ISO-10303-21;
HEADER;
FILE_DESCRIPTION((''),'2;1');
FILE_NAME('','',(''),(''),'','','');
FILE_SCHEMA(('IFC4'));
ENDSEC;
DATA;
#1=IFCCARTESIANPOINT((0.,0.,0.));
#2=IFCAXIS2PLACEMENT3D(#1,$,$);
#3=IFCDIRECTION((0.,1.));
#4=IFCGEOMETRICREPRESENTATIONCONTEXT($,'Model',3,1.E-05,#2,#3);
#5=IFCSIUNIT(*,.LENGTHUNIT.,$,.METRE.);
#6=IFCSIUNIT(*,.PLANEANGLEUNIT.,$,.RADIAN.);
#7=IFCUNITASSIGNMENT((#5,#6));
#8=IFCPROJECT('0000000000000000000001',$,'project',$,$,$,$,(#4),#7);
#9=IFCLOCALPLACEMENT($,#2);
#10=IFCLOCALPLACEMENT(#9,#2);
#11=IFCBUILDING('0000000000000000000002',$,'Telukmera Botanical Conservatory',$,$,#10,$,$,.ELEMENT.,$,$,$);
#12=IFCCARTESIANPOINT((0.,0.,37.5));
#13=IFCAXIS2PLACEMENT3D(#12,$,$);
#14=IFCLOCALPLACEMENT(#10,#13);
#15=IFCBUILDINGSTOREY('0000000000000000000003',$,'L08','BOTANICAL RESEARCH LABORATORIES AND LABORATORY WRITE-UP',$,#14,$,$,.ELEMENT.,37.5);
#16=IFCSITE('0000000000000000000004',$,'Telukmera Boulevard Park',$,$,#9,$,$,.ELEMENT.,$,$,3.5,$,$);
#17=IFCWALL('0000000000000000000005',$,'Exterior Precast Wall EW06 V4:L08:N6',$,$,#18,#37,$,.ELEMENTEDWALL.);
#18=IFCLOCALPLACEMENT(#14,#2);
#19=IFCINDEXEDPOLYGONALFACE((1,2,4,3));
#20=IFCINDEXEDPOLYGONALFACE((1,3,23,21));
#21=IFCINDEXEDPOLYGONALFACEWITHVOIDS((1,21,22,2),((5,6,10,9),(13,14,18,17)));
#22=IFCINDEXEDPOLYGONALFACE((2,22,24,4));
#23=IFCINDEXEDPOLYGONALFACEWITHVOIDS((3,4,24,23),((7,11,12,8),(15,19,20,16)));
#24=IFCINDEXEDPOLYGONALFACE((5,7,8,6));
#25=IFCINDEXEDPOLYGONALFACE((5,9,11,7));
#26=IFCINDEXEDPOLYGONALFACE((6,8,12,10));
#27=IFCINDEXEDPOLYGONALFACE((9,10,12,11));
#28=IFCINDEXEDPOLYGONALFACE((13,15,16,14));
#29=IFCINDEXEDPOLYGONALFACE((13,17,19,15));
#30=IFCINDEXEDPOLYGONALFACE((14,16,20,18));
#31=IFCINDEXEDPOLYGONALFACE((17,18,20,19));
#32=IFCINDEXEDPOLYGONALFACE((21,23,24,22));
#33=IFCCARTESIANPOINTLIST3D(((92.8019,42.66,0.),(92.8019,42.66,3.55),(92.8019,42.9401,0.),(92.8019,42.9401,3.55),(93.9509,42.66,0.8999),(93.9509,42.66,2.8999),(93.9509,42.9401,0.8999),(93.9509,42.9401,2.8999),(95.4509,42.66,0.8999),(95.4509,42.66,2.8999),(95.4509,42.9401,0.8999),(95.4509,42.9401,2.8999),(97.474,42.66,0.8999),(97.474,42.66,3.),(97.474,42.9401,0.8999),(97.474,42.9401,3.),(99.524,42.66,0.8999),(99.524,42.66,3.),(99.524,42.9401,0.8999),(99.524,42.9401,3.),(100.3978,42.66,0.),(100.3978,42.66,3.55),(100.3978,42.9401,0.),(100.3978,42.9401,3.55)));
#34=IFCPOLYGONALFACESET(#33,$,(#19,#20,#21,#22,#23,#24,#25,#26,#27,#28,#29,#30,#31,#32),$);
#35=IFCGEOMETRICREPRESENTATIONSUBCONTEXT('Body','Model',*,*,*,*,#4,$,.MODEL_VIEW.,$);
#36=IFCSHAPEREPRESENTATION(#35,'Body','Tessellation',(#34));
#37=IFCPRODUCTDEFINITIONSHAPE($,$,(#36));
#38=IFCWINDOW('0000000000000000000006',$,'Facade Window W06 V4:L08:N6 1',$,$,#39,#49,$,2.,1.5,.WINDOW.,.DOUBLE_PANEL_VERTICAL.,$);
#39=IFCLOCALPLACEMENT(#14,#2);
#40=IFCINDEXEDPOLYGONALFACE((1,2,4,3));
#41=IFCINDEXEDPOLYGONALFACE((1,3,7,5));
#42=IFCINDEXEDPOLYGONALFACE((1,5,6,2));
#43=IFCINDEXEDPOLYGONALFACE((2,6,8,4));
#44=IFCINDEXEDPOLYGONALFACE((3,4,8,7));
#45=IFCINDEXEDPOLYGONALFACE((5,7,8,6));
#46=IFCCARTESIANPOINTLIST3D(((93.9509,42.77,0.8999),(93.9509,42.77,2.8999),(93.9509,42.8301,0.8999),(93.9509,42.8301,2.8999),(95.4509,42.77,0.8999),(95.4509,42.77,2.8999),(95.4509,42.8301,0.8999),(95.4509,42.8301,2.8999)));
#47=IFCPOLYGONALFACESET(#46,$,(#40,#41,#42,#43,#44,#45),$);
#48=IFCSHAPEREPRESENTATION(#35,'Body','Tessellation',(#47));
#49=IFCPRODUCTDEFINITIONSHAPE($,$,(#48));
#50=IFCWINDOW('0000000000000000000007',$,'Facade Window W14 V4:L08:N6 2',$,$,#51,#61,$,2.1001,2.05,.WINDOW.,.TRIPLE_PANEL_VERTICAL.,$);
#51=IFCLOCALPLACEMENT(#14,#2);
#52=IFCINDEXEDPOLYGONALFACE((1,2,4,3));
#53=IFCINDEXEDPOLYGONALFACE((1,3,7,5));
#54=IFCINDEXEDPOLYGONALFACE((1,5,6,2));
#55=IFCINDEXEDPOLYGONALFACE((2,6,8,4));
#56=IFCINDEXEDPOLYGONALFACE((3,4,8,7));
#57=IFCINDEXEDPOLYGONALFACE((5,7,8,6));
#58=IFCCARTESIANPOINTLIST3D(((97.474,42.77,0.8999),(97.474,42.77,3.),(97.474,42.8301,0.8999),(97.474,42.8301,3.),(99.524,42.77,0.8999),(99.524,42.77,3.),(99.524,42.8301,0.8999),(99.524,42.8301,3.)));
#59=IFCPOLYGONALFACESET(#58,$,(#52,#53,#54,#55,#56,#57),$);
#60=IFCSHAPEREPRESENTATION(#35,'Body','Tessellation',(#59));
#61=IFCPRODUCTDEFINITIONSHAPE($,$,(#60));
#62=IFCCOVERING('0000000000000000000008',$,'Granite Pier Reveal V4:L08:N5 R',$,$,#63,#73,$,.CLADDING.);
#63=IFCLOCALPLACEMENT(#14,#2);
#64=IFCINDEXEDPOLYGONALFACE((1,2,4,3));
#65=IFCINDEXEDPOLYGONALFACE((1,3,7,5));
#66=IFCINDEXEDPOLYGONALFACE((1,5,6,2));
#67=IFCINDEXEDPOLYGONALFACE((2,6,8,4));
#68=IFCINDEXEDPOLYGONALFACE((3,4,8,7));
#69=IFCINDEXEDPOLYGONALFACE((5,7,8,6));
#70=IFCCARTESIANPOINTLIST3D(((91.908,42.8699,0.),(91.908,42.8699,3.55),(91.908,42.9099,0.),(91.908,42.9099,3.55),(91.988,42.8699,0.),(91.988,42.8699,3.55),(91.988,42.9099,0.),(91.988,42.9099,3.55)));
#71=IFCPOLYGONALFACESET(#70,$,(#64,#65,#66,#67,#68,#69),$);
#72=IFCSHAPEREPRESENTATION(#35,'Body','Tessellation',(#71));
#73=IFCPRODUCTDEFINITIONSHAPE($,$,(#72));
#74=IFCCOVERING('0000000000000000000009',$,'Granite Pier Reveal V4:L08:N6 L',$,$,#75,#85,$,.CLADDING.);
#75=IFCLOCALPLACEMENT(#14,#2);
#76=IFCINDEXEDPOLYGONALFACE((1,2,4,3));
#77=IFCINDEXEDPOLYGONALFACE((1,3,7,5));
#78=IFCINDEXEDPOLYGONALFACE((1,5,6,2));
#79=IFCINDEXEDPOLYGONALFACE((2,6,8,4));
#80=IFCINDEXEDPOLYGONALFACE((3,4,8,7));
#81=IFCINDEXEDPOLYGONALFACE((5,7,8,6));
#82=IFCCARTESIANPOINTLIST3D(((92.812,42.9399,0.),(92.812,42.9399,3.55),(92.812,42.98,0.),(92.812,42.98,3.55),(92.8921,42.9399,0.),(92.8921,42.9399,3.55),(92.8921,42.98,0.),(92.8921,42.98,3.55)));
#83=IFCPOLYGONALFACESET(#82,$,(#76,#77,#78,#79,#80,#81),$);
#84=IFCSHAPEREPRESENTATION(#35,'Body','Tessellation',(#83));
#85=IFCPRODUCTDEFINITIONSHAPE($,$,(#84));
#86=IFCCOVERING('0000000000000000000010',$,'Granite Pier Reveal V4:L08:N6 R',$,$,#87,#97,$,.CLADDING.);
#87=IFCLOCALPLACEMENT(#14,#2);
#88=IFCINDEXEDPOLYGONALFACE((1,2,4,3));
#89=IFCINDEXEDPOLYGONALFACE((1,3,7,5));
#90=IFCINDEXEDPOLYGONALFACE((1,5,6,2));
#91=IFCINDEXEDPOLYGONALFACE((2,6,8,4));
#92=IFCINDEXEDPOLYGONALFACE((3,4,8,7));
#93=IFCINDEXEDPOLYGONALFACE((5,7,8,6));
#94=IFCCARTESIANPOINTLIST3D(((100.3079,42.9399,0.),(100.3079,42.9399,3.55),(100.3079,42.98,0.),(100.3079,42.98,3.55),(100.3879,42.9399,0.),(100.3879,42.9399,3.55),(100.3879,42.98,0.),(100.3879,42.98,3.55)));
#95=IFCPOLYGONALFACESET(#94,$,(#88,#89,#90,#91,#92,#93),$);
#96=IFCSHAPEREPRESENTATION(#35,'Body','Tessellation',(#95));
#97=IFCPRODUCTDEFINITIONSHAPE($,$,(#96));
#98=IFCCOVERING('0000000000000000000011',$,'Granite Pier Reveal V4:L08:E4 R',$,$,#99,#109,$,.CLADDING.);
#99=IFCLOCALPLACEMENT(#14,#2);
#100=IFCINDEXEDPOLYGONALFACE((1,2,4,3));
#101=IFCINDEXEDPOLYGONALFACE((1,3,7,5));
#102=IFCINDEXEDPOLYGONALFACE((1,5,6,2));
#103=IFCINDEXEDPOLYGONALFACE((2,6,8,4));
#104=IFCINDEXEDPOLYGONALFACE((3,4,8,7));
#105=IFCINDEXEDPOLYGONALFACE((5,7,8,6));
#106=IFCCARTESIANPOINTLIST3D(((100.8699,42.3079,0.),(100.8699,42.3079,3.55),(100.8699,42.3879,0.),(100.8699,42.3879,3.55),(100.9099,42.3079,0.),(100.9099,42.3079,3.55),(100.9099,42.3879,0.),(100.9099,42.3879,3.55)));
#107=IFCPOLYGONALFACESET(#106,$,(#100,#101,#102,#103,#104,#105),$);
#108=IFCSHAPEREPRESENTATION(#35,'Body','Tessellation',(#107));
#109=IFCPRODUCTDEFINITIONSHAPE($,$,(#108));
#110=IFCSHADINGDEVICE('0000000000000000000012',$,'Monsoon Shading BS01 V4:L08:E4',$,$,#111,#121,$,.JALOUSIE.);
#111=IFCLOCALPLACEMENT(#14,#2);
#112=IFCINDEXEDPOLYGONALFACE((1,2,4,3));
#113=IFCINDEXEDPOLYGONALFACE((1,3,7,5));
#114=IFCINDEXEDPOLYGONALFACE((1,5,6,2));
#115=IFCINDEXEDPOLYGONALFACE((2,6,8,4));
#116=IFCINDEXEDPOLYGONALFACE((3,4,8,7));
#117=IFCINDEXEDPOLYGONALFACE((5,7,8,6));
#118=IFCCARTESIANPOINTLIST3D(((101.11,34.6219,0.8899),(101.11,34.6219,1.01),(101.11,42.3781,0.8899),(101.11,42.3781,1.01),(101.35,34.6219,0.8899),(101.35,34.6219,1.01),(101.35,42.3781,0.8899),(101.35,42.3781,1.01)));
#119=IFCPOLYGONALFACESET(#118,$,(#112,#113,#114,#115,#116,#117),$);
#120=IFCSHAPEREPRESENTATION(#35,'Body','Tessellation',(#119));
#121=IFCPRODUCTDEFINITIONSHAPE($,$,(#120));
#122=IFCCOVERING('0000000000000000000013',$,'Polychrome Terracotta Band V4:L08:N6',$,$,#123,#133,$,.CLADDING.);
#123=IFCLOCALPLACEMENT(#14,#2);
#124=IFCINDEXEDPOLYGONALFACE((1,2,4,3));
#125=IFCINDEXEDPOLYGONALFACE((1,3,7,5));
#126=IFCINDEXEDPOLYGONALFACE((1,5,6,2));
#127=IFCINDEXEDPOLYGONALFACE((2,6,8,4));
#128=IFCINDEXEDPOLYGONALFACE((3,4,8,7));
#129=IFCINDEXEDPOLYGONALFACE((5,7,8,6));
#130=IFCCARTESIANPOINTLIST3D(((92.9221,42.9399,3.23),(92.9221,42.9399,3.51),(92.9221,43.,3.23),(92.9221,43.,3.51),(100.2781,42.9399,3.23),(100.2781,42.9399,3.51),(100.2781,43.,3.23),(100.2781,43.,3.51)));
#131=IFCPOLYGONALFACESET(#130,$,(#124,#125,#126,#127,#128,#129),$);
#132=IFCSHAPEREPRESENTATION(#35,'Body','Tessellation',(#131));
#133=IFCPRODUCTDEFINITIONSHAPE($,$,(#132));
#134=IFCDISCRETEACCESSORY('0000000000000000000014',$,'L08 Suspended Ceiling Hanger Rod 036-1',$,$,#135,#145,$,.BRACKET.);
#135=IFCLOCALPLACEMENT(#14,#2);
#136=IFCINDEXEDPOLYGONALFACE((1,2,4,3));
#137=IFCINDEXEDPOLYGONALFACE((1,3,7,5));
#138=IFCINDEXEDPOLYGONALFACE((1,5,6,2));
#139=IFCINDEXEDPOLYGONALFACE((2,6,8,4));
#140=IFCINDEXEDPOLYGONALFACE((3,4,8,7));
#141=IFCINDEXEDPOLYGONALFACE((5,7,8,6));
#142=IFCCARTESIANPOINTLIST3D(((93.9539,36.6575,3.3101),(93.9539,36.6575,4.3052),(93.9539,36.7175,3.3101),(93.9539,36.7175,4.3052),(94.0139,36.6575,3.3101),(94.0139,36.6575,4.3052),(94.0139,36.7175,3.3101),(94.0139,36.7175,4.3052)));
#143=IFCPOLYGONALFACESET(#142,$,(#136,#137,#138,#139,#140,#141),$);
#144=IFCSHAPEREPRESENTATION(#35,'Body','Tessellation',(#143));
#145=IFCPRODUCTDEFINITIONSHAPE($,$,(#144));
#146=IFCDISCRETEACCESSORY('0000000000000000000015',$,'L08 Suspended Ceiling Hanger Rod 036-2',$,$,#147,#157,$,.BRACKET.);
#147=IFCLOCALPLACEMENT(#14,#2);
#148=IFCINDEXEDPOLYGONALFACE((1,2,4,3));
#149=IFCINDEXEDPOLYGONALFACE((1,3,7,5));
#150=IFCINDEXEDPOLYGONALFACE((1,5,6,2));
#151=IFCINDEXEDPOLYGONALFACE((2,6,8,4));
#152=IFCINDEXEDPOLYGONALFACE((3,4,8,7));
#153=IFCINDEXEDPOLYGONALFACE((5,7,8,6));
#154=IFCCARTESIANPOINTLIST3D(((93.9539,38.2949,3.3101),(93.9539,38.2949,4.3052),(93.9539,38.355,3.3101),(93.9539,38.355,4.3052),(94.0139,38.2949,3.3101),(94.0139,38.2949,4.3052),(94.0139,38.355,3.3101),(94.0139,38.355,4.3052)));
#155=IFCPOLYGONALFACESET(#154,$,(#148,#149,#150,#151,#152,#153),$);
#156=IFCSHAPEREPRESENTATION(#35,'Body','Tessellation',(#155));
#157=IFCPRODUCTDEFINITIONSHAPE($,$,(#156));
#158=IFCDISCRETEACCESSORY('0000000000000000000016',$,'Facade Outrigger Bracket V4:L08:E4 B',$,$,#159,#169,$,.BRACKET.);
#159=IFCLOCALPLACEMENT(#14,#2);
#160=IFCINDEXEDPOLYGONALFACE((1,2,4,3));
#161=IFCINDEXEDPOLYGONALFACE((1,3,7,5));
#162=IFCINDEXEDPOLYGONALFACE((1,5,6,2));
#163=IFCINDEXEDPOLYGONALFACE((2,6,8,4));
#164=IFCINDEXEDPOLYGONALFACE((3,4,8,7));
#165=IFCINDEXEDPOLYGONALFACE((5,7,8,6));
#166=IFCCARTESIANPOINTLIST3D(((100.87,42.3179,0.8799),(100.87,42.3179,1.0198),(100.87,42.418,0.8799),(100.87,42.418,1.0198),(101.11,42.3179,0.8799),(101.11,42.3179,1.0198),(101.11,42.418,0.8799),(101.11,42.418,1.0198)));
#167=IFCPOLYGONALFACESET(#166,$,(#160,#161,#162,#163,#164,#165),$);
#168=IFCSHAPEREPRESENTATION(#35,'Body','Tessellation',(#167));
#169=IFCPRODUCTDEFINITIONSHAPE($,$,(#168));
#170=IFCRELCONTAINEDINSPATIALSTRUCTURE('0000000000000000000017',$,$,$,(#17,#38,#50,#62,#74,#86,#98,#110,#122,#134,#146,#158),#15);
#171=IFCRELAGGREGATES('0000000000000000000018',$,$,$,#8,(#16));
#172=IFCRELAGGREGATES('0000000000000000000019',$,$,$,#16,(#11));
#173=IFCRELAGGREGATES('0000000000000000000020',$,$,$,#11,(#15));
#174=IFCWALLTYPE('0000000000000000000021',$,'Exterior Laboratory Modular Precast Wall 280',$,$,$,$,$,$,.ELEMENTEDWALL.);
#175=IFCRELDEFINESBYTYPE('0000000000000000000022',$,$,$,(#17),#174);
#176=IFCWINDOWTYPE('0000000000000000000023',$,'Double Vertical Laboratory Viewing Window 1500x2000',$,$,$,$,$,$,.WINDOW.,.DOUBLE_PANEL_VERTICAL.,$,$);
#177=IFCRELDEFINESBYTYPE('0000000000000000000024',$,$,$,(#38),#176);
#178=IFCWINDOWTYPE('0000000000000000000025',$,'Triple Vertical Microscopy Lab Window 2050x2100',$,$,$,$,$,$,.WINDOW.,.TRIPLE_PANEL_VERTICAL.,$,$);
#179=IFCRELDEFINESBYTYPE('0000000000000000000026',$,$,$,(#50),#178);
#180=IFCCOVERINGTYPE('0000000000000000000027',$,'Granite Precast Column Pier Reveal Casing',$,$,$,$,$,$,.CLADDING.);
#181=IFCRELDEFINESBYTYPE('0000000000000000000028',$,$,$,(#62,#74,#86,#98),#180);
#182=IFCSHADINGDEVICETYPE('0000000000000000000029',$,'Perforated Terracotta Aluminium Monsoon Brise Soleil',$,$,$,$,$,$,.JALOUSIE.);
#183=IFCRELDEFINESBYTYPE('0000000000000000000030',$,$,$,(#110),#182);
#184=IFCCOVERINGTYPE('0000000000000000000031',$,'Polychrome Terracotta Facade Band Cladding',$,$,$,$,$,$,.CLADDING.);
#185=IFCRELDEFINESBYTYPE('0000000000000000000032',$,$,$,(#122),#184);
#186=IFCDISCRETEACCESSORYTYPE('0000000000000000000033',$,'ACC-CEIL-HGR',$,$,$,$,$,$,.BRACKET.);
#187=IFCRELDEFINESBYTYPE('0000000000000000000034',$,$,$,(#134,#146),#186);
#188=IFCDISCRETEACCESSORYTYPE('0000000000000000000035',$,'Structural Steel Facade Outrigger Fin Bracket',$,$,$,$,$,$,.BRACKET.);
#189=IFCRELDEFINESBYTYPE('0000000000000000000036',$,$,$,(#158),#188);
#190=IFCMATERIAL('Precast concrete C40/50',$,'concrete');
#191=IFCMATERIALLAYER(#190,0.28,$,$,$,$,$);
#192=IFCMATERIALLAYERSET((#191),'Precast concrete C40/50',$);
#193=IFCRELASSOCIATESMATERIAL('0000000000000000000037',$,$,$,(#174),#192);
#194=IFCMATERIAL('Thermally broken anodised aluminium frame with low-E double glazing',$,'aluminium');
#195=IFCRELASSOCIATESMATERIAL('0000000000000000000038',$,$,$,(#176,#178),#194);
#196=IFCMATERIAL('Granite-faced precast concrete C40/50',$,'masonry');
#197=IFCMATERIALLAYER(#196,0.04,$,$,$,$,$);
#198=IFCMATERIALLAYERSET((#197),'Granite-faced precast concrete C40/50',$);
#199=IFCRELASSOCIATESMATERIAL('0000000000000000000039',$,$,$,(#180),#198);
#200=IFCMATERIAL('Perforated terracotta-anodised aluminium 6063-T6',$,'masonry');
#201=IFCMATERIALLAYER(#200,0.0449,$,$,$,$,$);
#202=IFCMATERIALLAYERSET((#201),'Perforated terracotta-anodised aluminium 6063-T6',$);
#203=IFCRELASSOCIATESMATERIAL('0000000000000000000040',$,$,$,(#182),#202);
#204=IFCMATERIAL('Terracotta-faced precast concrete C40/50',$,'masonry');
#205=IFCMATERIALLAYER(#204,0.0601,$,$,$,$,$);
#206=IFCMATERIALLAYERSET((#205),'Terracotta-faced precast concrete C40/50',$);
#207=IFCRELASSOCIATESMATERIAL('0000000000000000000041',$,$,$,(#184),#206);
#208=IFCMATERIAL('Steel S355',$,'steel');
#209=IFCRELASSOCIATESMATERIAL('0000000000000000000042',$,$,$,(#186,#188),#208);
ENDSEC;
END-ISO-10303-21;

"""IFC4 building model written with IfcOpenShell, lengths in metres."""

from ifc_helpers import new_model, si_unit, direction, frame, frame_2d, origin, origin_2d, place, context, subcontext, project, spatial, rectangle, extrude, material, layer, layer_set, type_object, element, fill, save


model = new_model("IFC4")

# Units and contexts
model_context = context("Model", 3, precision=1e-05, world=origin(), true_north=direction((0.0, 1.0)))
body_context = subcontext(model_context, "Body", "Model", "MODEL_VIEW")
ifc_project = project(units=[si_unit("LENGTHUNIT", "METRE"), si_unit("PLANEANGLEUNIT", "RADIAN")], contexts=[model_context])

# Site, building, storey
site_placement = place(None, origin())
site = spatial("IfcSite", under=ifc_project, at=site_placement, Name="Telukmera Boulevard Park", CompositionType="ELEMENT", RefElevation=3.5)
building_placement = place(site_placement, origin())
building = spatial("IfcBuilding", under=site, at=building_placement, Name="Telukmera Botanical Conservatory", CompositionType="ELEMENT")
storey_placement = place(building_placement, frame((0.0, 0.0, 37.5)))
storey = spatial("IfcBuildingStorey", under=building, at=storey_placement, Name="L08", Description="BOTANICAL RESEARCH LABORATORIES AND LABORATORY WRITE-UP", CompositionType="ELEMENT", Elevation=37.5)

# Shared definitions
ifc_material_1 = material(Name="Precast concrete C40/50", Category="concrete")

# Wall, openings, windows
ifc_layer_1 = layer(ifc_material_1, 0.28)
ifc_layer_set_1 = layer_set([ifc_layer_1], Name="Precast concrete C40/50")
wall_type = type_object("IfcWallType", Name="Exterior Laboratory Modular Precast Wall 280", PredefinedType="ELEMENTEDWALL", material=ifc_layer_set_1)
wall_placement = place(storey_placement, frame((92.802, 42.8, 0.0), z_axis=(0.0, 0.0, 1.0), x_axis=(1.0, 0.0, 0.0)))
wall = element("IfcWall", 1, at=wall_placement, inside=storey, type_object=wall_type, Name="Exterior Precast Wall EW06 V4:L08:N6", PredefinedType="ELEMENTEDWALL", context=body_context, shape_type="SweptSolid", body=[
    extrude(rectangle(XDim=7.5959, YDim=0.28, at=frame_2d((3.7979, 0.0))), origin(), (0.0, 0.0, 1.0), 3.55),
])
opening_1_placement = place(wall_placement, frame((1.1489, 0.0, 0.8999)))
opening_1 = element("IfcOpeningElement", 2, at=opening_1_placement, cuts=wall, PredefinedType="OPENING", context=body_context, shape_type="SweptSolid", body=[
    extrude(rectangle(XDim=1.5, YDim=2.0, at=frame_2d((0.75, 1.0))), frame((0.0, 0.1499, 0.0), z_axis=(0.0, -1.0, 0.0), x_axis=(1.0, 0.0, 0.0)), (0.0, 0.0, 1.0), 0.3),
])
opening_2_placement = place(wall_placement, frame((4.6721, 0.0, 0.8999)))
opening_2 = element("IfcOpeningElement", 3, at=opening_2_placement, cuts=wall, PredefinedType="OPENING", context=body_context, shape_type="SweptSolid", body=[
    extrude(rectangle(XDim=2.05, YDim=2.1001, at=frame_2d((1.0249, 1.05))), frame((0.0, 0.1499, 0.0), z_axis=(0.0, -1.0, 0.0), x_axis=(1.0, 0.0, 0.0)), (0.0, 0.0, 1.0), 0.3),
])
ifc_material_2 = material(Name="Thermally broken anodised aluminium frame with low-E double glazing", Category="aluminium")
window_type_1 = type_object("IfcWindowType", Name="Double Vertical Laboratory Viewing Window 1500x2000", PartitioningType="DOUBLE_PANEL_VERTICAL", PredefinedType="WINDOW", material=ifc_material_2)
window_1_placement = place(opening_1_placement, origin())
window_1 = element("IfcWindow", 4, at=window_1_placement, inside=storey, type_object=window_type_1, Name="Facade Window W06 V4:L08:N6 1", OverallHeight=2.0, OverallWidth=1.5, PartitioningType="DOUBLE_PANEL_VERTICAL", PredefinedType="WINDOW", context=body_context, shape_type="SweptSolid", body=[
    extrude(rectangle(XDim=1.5, YDim=2.0, at=frame_2d((0.75, 1.0))), frame((0.0, 0.03, 0.0), z_axis=(0.0, -1.0, 0.0), x_axis=(1.0, 0.0, 0.0)), (0.0, 0.0, 1.0), 0.0601),
])
fill(opening_1, window_1)
window_type_2 = type_object("IfcWindowType", Name="Triple Vertical Microscopy Lab Window 2050x2100", PartitioningType="TRIPLE_PANEL_VERTICAL", PredefinedType="WINDOW", material=ifc_material_2)
window_2_placement = place(opening_2_placement, origin())
window_2 = element("IfcWindow", 5, at=window_2_placement, inside=storey, type_object=window_type_2, Name="Facade Window W14 V4:L08:N6 2", OverallHeight=2.1001, OverallWidth=2.05, PartitioningType="TRIPLE_PANEL_VERTICAL", PredefinedType="WINDOW", context=body_context, shape_type="SweptSolid", body=[
    extrude(rectangle(XDim=2.05, YDim=2.1001, at=frame_2d((1.0249, 1.05))), frame((0.0, 0.03, 0.0), z_axis=(0.0, -1.0, 0.0), x_axis=(1.0, 0.0, 0.0)), (0.0, 0.0, 1.0), 0.0601),
])
fill(opening_2, window_2)

# Coverings
ifc_material_3 = material(Name="Granite-faced precast concrete C40/50", Category="masonry")
ifc_layer_2 = layer(ifc_material_3, 0.04)
ifc_layer_set_2 = layer_set([ifc_layer_2], Name="Granite-faced precast concrete C40/50")
covering_type_1 = type_object("IfcCoveringType", Name="Granite Precast Column Pier Reveal Casing", PredefinedType="CLADDING", material=ifc_layer_set_2)
for number, where, z_axis, x_axis, name in (
    (6, (91.948, 42.8899, 0.0), (0.0, 0.0, 1.0), (1.0, 0.0, 0.0), "Granite Pier Reveal V4:L08:N5 R"),
    (7, (92.8521, 42.96, 0.0), (0.0, 0.0, 1.0), (1.0, 0.0, 0.0), "Granite Pier Reveal V4:L08:N6 L"),
    (8, (100.3479, 42.96, 0.0), (0.0, 0.0, 1.0), (1.0, 0.0, 0.0), "Granite Pier Reveal V4:L08:N6 R"),
    (9, (100.8899, 42.3479, 0.0), (0.0, 0.0, 1.0), (0.0, 1.0, 0.0), "Granite Pier Reveal V4:L08:E4 R"),
):
    element("IfcCovering", number, at=place(storey_placement, frame(where, z_axis=z_axis, x_axis=x_axis)), inside=storey, type_object=covering_type_1, Name=name, PredefinedType="CLADDING", context=body_context, shape_type="SweptSolid", body=[
        extrude(rectangle(XDim=0.0801, YDim=0.04, at=origin_2d()), origin(), (0.0, 0.0, 1.0), 3.55),
    ])

# Shading device
ifc_material_4 = material(Name="Perforated terracotta-anodised aluminium 6063-T6", Category="masonry")
ifc_layer_3 = layer(ifc_material_4, 0.0449)
ifc_layer_set_3 = layer_set([ifc_layer_3], Name="Perforated terracotta-anodised aluminium 6063-T6")
shading_device_type = type_object("IfcShadingDeviceType", Name="Perforated Terracotta Aluminium Monsoon Brise Soleil", PredefinedType="JALOUSIE", material=ifc_layer_set_3)
shading_device_placement = place(storey_placement, frame((101.23, 38.5, 0.8899), z_axis=(0.0, 0.0, 1.0), x_axis=(0.0, 1.0, 0.0)))
element("IfcShadingDevice", 10, at=shading_device_placement, inside=storey, type_object=shading_device_type, Name="Monsoon Shading BS01 V4:L08:E4", PredefinedType="JALOUSIE", context=body_context, shape_type="SweptSolid", body=[
    extrude(rectangle(XDim=7.7561, YDim=0.24, at=origin_2d()), origin(), (0.0, 0.0, 1.0), 0.1201),
])

# Covering
ifc_material_5 = material(Name="Terracotta-faced precast concrete C40/50", Category="masonry")
ifc_layer_4 = layer(ifc_material_5, 0.0601)
ifc_layer_set_4 = layer_set([ifc_layer_4], Name="Terracotta-faced precast concrete C40/50")
covering_type_2 = type_object("IfcCoveringType", Name="Polychrome Terracotta Facade Band Cladding", PredefinedType="CLADDING", material=ifc_layer_set_4)
covering_placement = place(storey_placement, frame((96.6001, 42.97, 3.23), z_axis=(0.0, 0.0, 1.0), x_axis=(1.0, 0.0, 0.0)))
element("IfcCovering", 11, at=covering_placement, inside=storey, type_object=covering_type_2, Name="Polychrome Terracotta Band V4:L08:N6", PredefinedType="CLADDING", context=body_context, shape_type="SweptSolid", body=[
    extrude(rectangle(XDim=7.356, YDim=0.0601, at=origin_2d()), origin(), (0.0, 0.0, 1.0), 0.28),
])

# Discrete accessories
ifc_material_6 = material(Name="Steel S355", Category="steel")
discrete_accessory_type_1 = type_object("IfcDiscreteAccessoryType", Name="ACC-CEIL-HGR", PredefinedType="BRACKET", material=ifc_material_6)
for number, where, z_axis, x_axis, name in (
    (12, (93.9839, 36.6875, 3.3101), (0.0, 0.0, 1.0), (1.0, 0.0, 0.0), "L08 Suspended Ceiling Hanger Rod 036-1"),
    (13, (93.9839, 38.325, 3.3101), (0.0, 0.0, 1.0), (1.0, 0.0, 0.0), "L08 Suspended Ceiling Hanger Rod 036-2"),
):
    element("IfcDiscreteAccessory", number, at=place(storey_placement, frame(where, z_axis=z_axis, x_axis=x_axis)), inside=storey, type_object=discrete_accessory_type_1, Name=name, PredefinedType="BRACKET", context=body_context, shape_type="SweptSolid", body=[
        extrude(rectangle(XDim=0.0601, YDim=0.0601, at=origin_2d()), origin(), (0.0, 0.0, 1.0), 0.9951),
    ])
discrete_accessory_type_2 = type_object("IfcDiscreteAccessoryType", Name="Structural Steel Facade Outrigger Fin Bracket", PredefinedType="BRACKET", material=ifc_material_6)
discrete_accessory_placement = place(storey_placement, frame((100.99, 42.3679, 0.8799), z_axis=(0.0, 0.0, 1.0), x_axis=(0.0, 1.0, 0.0)))
element("IfcDiscreteAccessory", 14, at=discrete_accessory_placement, inside=storey, type_object=discrete_accessory_type_2, Name="Facade Outrigger Bracket V4:L08:E4 B", PredefinedType="BRACKET", context=body_context, shape_type="SweptSolid", body=[
    extrude(rectangle(XDim=0.1001, YDim=0.24, at=origin_2d()), origin(), (0.0, 0.0, 1.0), 0.1399),
])

save(model, "model.ifc")
